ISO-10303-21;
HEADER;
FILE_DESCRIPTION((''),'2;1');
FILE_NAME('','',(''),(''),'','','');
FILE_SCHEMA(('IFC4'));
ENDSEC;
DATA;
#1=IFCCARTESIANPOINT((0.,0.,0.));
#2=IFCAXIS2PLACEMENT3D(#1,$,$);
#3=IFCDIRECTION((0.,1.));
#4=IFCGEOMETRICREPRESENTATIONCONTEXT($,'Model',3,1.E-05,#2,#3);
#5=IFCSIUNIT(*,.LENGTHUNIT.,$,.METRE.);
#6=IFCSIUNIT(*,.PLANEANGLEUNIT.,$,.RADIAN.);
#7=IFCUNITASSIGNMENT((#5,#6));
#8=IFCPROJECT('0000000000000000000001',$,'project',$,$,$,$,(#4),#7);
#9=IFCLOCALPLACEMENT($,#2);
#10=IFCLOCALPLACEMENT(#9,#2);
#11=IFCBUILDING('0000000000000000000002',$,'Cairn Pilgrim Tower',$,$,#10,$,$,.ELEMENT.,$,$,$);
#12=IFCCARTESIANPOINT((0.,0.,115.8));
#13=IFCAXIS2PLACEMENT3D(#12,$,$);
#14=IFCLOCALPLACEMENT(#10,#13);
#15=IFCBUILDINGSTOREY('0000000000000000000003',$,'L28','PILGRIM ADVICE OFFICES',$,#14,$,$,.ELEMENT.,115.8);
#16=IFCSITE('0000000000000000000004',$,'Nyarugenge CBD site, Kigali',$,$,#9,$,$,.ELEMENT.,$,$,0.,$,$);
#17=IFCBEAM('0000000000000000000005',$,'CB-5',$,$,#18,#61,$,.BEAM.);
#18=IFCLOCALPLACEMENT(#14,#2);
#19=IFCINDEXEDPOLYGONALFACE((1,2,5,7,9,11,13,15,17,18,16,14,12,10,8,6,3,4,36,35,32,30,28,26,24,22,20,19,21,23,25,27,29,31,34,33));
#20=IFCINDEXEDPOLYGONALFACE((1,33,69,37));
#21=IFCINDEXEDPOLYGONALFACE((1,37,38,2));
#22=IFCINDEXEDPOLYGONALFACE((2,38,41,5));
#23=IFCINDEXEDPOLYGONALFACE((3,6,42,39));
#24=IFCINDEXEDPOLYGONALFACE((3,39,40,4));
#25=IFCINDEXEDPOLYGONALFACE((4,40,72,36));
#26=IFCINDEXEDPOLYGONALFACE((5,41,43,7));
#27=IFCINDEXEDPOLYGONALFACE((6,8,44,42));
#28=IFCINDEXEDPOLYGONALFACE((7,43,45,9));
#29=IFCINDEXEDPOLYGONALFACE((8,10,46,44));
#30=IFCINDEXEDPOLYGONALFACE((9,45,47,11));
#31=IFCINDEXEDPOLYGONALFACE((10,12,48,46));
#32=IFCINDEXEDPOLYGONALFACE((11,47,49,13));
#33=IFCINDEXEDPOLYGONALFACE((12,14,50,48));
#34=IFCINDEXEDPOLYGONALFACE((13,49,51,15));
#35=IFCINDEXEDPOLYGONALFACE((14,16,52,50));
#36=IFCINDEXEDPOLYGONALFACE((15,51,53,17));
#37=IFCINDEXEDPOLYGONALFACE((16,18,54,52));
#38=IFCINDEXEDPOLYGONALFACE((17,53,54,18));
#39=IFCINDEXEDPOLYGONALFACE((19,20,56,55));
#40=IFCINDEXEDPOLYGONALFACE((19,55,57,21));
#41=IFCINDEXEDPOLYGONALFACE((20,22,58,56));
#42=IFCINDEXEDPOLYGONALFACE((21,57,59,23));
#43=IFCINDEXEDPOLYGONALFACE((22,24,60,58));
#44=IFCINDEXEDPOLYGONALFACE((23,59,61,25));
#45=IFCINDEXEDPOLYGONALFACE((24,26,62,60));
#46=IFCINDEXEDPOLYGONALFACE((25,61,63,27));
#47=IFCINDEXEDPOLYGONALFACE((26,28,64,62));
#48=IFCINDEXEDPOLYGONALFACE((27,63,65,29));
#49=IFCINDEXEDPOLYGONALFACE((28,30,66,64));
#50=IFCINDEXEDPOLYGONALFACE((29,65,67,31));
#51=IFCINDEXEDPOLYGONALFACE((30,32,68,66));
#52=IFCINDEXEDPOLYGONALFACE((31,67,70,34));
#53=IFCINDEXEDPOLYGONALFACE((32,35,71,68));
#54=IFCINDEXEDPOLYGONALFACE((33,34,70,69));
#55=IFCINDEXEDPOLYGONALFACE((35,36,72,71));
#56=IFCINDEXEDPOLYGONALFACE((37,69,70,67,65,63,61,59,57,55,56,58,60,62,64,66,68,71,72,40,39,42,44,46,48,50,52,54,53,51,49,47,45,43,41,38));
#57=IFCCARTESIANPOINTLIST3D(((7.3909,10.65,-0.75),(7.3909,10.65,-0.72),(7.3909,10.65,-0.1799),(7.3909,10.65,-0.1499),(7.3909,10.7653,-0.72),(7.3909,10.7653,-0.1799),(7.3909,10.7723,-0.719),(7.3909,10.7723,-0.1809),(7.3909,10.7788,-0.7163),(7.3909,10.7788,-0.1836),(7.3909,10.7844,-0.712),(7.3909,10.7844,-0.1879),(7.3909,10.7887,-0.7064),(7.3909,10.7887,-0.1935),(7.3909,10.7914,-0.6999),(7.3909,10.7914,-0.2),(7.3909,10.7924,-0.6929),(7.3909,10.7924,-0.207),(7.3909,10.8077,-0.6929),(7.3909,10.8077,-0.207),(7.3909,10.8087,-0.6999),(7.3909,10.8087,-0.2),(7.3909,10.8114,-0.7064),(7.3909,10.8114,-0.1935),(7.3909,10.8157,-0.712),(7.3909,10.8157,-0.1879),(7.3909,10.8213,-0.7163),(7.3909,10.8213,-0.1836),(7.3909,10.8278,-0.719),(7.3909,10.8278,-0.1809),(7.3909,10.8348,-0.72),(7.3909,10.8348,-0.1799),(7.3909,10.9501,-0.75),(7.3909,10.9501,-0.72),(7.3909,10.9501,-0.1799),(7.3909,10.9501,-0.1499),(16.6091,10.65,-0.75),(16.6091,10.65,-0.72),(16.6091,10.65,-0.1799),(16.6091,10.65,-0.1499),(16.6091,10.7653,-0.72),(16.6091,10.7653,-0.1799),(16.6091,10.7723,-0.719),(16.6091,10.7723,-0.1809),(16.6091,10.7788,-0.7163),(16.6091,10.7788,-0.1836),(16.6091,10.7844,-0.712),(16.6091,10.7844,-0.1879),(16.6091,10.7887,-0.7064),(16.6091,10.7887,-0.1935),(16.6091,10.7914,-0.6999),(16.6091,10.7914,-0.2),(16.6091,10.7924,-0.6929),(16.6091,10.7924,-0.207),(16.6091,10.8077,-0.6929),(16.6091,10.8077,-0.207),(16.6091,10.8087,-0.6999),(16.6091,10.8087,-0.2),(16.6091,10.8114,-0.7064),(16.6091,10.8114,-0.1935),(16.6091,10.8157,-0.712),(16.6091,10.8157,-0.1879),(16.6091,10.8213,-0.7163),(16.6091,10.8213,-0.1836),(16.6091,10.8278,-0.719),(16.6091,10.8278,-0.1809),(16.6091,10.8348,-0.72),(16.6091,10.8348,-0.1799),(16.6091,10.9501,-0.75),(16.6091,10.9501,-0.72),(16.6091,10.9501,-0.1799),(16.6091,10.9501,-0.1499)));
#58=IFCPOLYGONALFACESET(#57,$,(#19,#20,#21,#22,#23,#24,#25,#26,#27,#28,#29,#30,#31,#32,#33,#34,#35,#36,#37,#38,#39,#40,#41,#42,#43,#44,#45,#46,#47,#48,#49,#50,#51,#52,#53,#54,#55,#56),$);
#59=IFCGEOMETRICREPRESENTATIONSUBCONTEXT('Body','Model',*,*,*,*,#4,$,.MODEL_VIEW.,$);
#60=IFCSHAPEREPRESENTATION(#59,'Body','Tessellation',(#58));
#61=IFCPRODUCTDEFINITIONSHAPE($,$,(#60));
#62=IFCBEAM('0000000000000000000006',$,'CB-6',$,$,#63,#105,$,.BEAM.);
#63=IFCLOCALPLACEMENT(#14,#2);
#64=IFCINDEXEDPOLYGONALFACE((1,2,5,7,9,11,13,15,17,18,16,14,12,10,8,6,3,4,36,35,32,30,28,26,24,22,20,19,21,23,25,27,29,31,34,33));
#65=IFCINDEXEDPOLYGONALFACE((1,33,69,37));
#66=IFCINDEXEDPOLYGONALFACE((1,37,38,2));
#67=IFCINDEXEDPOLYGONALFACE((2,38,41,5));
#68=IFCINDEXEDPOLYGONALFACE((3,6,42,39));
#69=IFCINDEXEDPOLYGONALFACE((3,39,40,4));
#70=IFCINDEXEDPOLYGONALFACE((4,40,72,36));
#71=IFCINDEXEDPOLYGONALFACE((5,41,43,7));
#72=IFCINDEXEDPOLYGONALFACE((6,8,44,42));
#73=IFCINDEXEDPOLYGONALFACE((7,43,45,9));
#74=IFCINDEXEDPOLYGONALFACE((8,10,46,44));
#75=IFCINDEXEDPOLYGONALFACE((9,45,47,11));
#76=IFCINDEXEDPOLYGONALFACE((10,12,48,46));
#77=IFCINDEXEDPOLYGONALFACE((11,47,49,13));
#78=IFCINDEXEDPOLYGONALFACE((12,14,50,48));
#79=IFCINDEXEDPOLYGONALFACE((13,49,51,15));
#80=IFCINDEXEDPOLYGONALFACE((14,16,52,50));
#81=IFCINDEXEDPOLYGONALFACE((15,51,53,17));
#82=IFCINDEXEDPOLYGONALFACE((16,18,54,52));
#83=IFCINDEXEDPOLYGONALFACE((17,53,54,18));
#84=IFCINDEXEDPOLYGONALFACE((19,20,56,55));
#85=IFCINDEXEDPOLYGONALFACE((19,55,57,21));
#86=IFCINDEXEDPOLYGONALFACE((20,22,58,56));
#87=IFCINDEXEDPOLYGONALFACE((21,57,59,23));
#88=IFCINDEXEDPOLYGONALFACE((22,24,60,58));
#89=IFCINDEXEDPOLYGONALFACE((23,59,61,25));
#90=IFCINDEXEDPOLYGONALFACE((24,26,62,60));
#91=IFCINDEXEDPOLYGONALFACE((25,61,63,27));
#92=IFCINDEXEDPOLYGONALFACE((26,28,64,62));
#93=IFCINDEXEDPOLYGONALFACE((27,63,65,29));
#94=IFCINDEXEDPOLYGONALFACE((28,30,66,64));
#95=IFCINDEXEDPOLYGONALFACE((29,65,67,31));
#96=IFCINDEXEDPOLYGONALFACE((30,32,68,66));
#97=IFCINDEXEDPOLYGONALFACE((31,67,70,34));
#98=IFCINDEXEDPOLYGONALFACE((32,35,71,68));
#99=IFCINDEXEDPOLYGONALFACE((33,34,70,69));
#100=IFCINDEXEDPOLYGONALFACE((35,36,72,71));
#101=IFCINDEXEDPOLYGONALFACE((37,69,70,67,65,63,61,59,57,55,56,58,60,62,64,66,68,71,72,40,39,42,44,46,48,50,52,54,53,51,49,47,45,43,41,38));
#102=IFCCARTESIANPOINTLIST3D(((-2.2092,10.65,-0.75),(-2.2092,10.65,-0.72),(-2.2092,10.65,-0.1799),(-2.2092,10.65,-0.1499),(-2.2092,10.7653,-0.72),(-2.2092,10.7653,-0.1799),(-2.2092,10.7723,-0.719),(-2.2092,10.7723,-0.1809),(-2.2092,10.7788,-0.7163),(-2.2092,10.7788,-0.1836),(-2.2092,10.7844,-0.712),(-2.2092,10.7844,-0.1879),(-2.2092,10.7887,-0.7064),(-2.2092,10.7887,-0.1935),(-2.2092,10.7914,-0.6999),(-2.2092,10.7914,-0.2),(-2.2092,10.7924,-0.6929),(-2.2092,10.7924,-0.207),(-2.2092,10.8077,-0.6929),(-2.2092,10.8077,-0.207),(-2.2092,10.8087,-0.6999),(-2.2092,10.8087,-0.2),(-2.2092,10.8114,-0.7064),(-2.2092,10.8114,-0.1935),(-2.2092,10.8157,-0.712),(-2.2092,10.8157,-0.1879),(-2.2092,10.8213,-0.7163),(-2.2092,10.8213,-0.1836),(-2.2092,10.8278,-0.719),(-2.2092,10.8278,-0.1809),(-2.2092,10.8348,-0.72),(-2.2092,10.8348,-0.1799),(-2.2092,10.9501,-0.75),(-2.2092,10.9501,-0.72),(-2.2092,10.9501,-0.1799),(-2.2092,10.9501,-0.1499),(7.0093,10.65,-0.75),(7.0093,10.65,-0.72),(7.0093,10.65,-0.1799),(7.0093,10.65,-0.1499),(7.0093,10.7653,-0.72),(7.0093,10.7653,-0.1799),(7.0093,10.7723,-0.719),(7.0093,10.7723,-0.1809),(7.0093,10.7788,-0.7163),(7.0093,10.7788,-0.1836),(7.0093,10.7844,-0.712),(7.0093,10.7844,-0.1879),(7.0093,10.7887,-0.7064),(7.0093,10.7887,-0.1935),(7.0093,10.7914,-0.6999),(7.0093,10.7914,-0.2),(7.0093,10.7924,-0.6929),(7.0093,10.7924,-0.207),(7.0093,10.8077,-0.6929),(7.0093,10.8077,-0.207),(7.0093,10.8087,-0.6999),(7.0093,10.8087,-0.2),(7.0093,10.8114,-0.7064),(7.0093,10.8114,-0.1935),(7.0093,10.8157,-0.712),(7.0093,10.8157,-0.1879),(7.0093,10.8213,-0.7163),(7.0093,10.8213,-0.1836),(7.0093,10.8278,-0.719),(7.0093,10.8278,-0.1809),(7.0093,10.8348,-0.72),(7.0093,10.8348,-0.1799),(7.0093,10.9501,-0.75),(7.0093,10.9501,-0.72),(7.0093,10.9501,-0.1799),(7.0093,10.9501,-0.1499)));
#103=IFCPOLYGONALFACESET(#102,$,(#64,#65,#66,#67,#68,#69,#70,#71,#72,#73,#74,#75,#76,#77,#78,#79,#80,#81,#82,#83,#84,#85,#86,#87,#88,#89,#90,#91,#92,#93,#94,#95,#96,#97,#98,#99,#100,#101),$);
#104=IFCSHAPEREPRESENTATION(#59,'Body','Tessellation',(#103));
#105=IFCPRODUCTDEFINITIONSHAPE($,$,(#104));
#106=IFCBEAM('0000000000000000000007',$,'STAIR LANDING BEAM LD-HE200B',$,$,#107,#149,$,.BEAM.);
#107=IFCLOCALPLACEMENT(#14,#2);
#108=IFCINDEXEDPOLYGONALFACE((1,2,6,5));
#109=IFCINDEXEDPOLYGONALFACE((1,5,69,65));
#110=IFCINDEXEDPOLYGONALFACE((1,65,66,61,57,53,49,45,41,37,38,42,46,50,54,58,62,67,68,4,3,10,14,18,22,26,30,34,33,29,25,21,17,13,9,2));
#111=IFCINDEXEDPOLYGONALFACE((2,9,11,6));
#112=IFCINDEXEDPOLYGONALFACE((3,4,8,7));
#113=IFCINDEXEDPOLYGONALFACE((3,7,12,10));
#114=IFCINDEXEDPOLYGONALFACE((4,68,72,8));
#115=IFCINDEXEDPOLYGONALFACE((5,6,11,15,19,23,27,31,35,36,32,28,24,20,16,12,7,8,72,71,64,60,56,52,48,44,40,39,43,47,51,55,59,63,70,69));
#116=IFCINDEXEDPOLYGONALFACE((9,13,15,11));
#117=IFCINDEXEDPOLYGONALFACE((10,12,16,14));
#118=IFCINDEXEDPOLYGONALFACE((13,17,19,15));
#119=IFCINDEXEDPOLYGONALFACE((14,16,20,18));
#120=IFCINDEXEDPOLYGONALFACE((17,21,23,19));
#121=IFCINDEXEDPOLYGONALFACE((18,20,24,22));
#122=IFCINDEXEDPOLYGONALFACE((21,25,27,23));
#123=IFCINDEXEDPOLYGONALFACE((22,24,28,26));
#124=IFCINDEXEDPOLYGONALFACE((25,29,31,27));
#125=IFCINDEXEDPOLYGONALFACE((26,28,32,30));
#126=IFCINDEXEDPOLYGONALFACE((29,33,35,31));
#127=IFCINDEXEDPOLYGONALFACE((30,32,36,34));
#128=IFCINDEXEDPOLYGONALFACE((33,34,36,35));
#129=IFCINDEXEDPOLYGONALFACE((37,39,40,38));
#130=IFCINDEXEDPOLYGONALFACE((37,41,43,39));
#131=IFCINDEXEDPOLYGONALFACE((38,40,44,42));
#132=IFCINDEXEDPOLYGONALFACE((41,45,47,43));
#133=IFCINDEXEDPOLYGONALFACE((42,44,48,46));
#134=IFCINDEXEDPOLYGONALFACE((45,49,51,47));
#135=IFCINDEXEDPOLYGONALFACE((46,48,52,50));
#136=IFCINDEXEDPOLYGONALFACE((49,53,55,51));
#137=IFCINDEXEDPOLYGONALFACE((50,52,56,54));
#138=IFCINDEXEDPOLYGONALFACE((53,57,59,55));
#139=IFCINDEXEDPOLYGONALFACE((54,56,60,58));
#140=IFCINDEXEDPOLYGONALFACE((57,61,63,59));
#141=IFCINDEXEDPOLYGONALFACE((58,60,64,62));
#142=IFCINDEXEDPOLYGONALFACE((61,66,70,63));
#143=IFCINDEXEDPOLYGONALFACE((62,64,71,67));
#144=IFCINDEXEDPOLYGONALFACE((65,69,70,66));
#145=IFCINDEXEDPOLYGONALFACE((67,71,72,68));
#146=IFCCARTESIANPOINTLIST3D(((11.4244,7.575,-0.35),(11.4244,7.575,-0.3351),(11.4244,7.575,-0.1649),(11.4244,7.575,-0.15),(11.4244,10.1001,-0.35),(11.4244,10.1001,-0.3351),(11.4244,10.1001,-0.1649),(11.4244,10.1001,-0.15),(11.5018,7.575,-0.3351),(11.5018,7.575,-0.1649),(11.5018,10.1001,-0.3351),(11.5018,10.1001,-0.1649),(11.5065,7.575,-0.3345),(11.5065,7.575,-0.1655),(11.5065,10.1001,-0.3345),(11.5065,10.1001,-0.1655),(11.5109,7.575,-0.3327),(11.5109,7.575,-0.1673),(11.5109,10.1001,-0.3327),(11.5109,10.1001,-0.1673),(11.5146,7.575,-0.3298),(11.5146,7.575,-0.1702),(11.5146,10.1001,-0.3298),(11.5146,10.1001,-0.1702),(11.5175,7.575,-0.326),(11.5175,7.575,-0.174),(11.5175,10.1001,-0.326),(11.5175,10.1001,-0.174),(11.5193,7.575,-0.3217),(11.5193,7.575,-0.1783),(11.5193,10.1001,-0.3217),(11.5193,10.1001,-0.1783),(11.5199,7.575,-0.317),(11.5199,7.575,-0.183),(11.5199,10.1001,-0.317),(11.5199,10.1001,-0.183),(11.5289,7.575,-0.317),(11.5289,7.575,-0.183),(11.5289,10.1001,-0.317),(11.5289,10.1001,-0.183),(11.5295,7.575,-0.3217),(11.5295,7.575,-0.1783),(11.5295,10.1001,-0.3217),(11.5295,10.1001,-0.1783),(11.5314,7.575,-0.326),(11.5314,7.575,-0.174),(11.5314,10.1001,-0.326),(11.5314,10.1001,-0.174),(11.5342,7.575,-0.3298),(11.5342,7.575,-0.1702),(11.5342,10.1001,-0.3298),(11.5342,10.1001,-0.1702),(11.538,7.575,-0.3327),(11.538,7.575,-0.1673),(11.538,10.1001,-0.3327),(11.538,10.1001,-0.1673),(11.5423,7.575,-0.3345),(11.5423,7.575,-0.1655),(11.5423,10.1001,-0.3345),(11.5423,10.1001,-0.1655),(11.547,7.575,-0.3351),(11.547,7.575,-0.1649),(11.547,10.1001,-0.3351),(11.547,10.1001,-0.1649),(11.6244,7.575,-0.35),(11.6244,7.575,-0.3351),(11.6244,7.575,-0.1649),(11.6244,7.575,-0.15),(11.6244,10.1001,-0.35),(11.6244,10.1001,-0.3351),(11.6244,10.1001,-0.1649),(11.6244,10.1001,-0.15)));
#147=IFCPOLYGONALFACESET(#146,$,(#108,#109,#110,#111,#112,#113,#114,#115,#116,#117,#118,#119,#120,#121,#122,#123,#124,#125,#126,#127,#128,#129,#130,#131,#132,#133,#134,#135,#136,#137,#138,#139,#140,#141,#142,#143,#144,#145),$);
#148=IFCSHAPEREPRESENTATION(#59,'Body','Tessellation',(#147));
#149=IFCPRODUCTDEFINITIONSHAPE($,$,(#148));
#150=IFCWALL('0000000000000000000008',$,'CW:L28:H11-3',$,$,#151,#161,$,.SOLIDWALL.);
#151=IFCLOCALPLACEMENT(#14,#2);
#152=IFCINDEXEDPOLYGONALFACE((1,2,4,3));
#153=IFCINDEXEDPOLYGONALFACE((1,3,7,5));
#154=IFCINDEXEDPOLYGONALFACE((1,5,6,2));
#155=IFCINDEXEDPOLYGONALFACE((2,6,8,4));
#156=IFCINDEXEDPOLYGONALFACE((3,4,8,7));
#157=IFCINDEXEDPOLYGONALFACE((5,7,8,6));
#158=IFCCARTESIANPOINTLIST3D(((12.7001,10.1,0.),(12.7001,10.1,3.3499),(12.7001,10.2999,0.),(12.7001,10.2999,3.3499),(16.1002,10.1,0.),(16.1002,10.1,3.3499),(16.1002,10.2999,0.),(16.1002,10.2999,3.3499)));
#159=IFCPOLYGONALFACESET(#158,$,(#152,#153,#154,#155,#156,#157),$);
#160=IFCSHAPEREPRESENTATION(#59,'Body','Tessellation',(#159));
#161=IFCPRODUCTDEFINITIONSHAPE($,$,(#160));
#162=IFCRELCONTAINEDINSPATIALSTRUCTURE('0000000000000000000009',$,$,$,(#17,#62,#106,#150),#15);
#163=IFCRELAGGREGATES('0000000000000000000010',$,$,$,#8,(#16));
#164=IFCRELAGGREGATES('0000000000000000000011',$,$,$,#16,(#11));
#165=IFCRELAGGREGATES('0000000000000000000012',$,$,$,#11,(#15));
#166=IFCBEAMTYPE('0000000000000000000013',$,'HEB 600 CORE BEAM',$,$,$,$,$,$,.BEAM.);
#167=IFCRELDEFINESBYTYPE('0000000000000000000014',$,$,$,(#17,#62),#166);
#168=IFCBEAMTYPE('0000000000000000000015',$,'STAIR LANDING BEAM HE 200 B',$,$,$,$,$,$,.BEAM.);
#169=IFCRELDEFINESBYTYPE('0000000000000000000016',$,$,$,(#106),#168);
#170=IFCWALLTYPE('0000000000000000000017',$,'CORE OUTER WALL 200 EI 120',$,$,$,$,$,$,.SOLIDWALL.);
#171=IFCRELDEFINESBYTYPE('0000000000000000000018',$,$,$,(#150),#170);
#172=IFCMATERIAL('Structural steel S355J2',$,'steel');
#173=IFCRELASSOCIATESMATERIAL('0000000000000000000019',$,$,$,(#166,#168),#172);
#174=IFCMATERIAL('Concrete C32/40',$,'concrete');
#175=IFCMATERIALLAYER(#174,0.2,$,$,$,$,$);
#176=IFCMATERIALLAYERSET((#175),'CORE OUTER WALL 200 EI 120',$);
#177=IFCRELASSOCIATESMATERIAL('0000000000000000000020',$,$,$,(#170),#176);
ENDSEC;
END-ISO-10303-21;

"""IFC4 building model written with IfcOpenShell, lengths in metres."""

from ifc_helpers import new_model, si_unit, direction, frame, frame_2d, origin, origin_2d, place, context, subcontext, project, spatial, rectangle, i_section, extrude, material, layer, layer_set, material_profile, profile_set, type_object, element, save


model = new_model("IFC4")

# Units and contexts
model_context = context("Model", 3, precision=1e-05, world=origin(), true_north=direction((0.0, 1.0)))
body_context = subcontext(model_context, "Body", "Model", "MODEL_VIEW")
ifc_project = project(units=[si_unit("LENGTHUNIT", "METRE"), si_unit("PLANEANGLEUNIT", "RADIAN")], contexts=[model_context])

# Site, building, storey
site_placement = place(None, origin())
site = spatial("IfcSite", under=ifc_project, at=site_placement, Name="Nyarugenge CBD site, Kigali", CompositionType="ELEMENT", RefElevation=0.0)
building_placement = place(site_placement, origin())
building = spatial("IfcBuilding", under=site, at=building_placement, Name="Cairn Pilgrim Tower", CompositionType="ELEMENT")
storey_placement = place(building_placement, frame((0.0, 0.0, 115.8)))
storey = spatial("IfcBuildingStorey", under=building, at=storey_placement, Name="L28", Description="PILGRIM ADVICE OFFICES", CompositionType="ELEMENT", Elevation=115.8)

# Beams
ifc_material_1 = material(Name="Structural steel S355J2", Category="steel")
ifc_material_profile_1 = material_profile(ifc_material_1, i_section(OverallWidth=0.3, OverallDepth=0.6001, WebThickness=0.0154, FlangeThickness=0.03, FilletRadius=0.0271, at=origin_2d()), Name="HEB 600")
ifc_profile_set_1 = profile_set([ifc_material_profile_1], Name="Structural steel S355J2")
beam_type_1 = type_object("IfcBeamType", Name="HEB 600 CORE BEAM", PredefinedType="BEAM", material=ifc_profile_set_1)
beam_1_placement = place(storey_placement, frame((16.6091, 10.8, -0.45), z_axis=(-1.0, 0.0, 0.0), x_axis=(0.0, -1.0, 0.0)))
element("IfcBeam", 1, at=beam_1_placement, inside=storey, type_object=beam_type_1, Name="CB-5", PredefinedType="BEAM", context=body_context, shape_type="SweptSolid", body=[
    extrude(i_section(OverallWidth=0.3, OverallDepth=0.6001, WebThickness=0.0154, FlangeThickness=0.03, FilletRadius=0.0271, at=origin_2d()), origin(), (0.0, 0.0, 1.0), 9.2183),
])
beam_2_placement = place(storey_placement, frame((7.0093, 10.8, -0.45), z_axis=(-1.0, 0.0, 0.0), x_axis=(0.0, -1.0, 0.0)))
element("IfcBeam", 2, at=beam_2_placement, inside=storey, type_object=beam_type_1, Name="CB-6", PredefinedType="BEAM", context=body_context, shape_type="SweptSolid", body=[
    extrude(i_section(OverallWidth=0.3, OverallDepth=0.6001, WebThickness=0.0154, FlangeThickness=0.03, FilletRadius=0.0271, at=origin_2d()), origin(), (0.0, 0.0, 1.0), 9.2185),
])
ifc_material_profile_2 = material_profile(ifc_material_1, i_section(OverallWidth=0.2, OverallDepth=0.2, WebThickness=0.009, FlangeThickness=0.0149, FilletRadius=0.0181, at=origin_2d()), Name="HE 200 B")
ifc_profile_set_2 = profile_set([ifc_material_profile_2], Name="Structural steel S355J2")
beam_type_2 = type_object("IfcBeamType", Name="STAIR LANDING BEAM HE 200 B", PredefinedType="BEAM", material=ifc_profile_set_2)
beam_3_placement = place(storey_placement, frame((11.5244, 10.1001, -0.25), z_axis=(0.0, -1.0, 0.0), x_axis=(1.0, 0.0, 0.0)))
element("IfcBeam", 3, at=beam_3_placement, inside=storey, type_object=beam_type_2, Name="STAIR LANDING BEAM LD-HE200B", PredefinedType="BEAM", context=body_context, shape_type="SweptSolid", body=[
    extrude(i_section(OverallWidth=0.2, OverallDepth=0.2, WebThickness=0.009, FlangeThickness=0.0149, FilletRadius=0.0181, at=origin_2d()), origin(), (0.0, 0.0, 1.0), 2.5251),
])

# Wall
ifc_material_2 = material(Name="Concrete C32/40", Category="concrete")
ifc_layer_1 = layer(ifc_material_2, 0.2)
ifc_layer_set_1 = layer_set([ifc_layer_1], Name="CORE OUTER WALL 200 EI 120")
wall_type_1 = type_object("IfcWallType", Name="CORE OUTER WALL 200 EI 120", PredefinedType="SOLIDWALL", material=ifc_layer_set_1)
wall_1_placement = place(storey_placement, frame((12.7, 10.2, 0.0), z_axis=(0.0, 0.0, 1.0), x_axis=(1.0, 0.0, 0.0)))
element("IfcWall", 4, at=wall_1_placement, inside=storey, type_object=wall_type_1, Name="CW:L28:H11-3", PredefinedType="SOLIDWALL", context=body_context, shape_type="SweptSolid", body=[
    extrude(rectangle(XDim=3.4001, YDim=0.2, at=frame_2d((1.7002, 0.0))), origin(), (0.0, 0.0, 1.0), 3.3499),
])

save(model, "model.ifc")
